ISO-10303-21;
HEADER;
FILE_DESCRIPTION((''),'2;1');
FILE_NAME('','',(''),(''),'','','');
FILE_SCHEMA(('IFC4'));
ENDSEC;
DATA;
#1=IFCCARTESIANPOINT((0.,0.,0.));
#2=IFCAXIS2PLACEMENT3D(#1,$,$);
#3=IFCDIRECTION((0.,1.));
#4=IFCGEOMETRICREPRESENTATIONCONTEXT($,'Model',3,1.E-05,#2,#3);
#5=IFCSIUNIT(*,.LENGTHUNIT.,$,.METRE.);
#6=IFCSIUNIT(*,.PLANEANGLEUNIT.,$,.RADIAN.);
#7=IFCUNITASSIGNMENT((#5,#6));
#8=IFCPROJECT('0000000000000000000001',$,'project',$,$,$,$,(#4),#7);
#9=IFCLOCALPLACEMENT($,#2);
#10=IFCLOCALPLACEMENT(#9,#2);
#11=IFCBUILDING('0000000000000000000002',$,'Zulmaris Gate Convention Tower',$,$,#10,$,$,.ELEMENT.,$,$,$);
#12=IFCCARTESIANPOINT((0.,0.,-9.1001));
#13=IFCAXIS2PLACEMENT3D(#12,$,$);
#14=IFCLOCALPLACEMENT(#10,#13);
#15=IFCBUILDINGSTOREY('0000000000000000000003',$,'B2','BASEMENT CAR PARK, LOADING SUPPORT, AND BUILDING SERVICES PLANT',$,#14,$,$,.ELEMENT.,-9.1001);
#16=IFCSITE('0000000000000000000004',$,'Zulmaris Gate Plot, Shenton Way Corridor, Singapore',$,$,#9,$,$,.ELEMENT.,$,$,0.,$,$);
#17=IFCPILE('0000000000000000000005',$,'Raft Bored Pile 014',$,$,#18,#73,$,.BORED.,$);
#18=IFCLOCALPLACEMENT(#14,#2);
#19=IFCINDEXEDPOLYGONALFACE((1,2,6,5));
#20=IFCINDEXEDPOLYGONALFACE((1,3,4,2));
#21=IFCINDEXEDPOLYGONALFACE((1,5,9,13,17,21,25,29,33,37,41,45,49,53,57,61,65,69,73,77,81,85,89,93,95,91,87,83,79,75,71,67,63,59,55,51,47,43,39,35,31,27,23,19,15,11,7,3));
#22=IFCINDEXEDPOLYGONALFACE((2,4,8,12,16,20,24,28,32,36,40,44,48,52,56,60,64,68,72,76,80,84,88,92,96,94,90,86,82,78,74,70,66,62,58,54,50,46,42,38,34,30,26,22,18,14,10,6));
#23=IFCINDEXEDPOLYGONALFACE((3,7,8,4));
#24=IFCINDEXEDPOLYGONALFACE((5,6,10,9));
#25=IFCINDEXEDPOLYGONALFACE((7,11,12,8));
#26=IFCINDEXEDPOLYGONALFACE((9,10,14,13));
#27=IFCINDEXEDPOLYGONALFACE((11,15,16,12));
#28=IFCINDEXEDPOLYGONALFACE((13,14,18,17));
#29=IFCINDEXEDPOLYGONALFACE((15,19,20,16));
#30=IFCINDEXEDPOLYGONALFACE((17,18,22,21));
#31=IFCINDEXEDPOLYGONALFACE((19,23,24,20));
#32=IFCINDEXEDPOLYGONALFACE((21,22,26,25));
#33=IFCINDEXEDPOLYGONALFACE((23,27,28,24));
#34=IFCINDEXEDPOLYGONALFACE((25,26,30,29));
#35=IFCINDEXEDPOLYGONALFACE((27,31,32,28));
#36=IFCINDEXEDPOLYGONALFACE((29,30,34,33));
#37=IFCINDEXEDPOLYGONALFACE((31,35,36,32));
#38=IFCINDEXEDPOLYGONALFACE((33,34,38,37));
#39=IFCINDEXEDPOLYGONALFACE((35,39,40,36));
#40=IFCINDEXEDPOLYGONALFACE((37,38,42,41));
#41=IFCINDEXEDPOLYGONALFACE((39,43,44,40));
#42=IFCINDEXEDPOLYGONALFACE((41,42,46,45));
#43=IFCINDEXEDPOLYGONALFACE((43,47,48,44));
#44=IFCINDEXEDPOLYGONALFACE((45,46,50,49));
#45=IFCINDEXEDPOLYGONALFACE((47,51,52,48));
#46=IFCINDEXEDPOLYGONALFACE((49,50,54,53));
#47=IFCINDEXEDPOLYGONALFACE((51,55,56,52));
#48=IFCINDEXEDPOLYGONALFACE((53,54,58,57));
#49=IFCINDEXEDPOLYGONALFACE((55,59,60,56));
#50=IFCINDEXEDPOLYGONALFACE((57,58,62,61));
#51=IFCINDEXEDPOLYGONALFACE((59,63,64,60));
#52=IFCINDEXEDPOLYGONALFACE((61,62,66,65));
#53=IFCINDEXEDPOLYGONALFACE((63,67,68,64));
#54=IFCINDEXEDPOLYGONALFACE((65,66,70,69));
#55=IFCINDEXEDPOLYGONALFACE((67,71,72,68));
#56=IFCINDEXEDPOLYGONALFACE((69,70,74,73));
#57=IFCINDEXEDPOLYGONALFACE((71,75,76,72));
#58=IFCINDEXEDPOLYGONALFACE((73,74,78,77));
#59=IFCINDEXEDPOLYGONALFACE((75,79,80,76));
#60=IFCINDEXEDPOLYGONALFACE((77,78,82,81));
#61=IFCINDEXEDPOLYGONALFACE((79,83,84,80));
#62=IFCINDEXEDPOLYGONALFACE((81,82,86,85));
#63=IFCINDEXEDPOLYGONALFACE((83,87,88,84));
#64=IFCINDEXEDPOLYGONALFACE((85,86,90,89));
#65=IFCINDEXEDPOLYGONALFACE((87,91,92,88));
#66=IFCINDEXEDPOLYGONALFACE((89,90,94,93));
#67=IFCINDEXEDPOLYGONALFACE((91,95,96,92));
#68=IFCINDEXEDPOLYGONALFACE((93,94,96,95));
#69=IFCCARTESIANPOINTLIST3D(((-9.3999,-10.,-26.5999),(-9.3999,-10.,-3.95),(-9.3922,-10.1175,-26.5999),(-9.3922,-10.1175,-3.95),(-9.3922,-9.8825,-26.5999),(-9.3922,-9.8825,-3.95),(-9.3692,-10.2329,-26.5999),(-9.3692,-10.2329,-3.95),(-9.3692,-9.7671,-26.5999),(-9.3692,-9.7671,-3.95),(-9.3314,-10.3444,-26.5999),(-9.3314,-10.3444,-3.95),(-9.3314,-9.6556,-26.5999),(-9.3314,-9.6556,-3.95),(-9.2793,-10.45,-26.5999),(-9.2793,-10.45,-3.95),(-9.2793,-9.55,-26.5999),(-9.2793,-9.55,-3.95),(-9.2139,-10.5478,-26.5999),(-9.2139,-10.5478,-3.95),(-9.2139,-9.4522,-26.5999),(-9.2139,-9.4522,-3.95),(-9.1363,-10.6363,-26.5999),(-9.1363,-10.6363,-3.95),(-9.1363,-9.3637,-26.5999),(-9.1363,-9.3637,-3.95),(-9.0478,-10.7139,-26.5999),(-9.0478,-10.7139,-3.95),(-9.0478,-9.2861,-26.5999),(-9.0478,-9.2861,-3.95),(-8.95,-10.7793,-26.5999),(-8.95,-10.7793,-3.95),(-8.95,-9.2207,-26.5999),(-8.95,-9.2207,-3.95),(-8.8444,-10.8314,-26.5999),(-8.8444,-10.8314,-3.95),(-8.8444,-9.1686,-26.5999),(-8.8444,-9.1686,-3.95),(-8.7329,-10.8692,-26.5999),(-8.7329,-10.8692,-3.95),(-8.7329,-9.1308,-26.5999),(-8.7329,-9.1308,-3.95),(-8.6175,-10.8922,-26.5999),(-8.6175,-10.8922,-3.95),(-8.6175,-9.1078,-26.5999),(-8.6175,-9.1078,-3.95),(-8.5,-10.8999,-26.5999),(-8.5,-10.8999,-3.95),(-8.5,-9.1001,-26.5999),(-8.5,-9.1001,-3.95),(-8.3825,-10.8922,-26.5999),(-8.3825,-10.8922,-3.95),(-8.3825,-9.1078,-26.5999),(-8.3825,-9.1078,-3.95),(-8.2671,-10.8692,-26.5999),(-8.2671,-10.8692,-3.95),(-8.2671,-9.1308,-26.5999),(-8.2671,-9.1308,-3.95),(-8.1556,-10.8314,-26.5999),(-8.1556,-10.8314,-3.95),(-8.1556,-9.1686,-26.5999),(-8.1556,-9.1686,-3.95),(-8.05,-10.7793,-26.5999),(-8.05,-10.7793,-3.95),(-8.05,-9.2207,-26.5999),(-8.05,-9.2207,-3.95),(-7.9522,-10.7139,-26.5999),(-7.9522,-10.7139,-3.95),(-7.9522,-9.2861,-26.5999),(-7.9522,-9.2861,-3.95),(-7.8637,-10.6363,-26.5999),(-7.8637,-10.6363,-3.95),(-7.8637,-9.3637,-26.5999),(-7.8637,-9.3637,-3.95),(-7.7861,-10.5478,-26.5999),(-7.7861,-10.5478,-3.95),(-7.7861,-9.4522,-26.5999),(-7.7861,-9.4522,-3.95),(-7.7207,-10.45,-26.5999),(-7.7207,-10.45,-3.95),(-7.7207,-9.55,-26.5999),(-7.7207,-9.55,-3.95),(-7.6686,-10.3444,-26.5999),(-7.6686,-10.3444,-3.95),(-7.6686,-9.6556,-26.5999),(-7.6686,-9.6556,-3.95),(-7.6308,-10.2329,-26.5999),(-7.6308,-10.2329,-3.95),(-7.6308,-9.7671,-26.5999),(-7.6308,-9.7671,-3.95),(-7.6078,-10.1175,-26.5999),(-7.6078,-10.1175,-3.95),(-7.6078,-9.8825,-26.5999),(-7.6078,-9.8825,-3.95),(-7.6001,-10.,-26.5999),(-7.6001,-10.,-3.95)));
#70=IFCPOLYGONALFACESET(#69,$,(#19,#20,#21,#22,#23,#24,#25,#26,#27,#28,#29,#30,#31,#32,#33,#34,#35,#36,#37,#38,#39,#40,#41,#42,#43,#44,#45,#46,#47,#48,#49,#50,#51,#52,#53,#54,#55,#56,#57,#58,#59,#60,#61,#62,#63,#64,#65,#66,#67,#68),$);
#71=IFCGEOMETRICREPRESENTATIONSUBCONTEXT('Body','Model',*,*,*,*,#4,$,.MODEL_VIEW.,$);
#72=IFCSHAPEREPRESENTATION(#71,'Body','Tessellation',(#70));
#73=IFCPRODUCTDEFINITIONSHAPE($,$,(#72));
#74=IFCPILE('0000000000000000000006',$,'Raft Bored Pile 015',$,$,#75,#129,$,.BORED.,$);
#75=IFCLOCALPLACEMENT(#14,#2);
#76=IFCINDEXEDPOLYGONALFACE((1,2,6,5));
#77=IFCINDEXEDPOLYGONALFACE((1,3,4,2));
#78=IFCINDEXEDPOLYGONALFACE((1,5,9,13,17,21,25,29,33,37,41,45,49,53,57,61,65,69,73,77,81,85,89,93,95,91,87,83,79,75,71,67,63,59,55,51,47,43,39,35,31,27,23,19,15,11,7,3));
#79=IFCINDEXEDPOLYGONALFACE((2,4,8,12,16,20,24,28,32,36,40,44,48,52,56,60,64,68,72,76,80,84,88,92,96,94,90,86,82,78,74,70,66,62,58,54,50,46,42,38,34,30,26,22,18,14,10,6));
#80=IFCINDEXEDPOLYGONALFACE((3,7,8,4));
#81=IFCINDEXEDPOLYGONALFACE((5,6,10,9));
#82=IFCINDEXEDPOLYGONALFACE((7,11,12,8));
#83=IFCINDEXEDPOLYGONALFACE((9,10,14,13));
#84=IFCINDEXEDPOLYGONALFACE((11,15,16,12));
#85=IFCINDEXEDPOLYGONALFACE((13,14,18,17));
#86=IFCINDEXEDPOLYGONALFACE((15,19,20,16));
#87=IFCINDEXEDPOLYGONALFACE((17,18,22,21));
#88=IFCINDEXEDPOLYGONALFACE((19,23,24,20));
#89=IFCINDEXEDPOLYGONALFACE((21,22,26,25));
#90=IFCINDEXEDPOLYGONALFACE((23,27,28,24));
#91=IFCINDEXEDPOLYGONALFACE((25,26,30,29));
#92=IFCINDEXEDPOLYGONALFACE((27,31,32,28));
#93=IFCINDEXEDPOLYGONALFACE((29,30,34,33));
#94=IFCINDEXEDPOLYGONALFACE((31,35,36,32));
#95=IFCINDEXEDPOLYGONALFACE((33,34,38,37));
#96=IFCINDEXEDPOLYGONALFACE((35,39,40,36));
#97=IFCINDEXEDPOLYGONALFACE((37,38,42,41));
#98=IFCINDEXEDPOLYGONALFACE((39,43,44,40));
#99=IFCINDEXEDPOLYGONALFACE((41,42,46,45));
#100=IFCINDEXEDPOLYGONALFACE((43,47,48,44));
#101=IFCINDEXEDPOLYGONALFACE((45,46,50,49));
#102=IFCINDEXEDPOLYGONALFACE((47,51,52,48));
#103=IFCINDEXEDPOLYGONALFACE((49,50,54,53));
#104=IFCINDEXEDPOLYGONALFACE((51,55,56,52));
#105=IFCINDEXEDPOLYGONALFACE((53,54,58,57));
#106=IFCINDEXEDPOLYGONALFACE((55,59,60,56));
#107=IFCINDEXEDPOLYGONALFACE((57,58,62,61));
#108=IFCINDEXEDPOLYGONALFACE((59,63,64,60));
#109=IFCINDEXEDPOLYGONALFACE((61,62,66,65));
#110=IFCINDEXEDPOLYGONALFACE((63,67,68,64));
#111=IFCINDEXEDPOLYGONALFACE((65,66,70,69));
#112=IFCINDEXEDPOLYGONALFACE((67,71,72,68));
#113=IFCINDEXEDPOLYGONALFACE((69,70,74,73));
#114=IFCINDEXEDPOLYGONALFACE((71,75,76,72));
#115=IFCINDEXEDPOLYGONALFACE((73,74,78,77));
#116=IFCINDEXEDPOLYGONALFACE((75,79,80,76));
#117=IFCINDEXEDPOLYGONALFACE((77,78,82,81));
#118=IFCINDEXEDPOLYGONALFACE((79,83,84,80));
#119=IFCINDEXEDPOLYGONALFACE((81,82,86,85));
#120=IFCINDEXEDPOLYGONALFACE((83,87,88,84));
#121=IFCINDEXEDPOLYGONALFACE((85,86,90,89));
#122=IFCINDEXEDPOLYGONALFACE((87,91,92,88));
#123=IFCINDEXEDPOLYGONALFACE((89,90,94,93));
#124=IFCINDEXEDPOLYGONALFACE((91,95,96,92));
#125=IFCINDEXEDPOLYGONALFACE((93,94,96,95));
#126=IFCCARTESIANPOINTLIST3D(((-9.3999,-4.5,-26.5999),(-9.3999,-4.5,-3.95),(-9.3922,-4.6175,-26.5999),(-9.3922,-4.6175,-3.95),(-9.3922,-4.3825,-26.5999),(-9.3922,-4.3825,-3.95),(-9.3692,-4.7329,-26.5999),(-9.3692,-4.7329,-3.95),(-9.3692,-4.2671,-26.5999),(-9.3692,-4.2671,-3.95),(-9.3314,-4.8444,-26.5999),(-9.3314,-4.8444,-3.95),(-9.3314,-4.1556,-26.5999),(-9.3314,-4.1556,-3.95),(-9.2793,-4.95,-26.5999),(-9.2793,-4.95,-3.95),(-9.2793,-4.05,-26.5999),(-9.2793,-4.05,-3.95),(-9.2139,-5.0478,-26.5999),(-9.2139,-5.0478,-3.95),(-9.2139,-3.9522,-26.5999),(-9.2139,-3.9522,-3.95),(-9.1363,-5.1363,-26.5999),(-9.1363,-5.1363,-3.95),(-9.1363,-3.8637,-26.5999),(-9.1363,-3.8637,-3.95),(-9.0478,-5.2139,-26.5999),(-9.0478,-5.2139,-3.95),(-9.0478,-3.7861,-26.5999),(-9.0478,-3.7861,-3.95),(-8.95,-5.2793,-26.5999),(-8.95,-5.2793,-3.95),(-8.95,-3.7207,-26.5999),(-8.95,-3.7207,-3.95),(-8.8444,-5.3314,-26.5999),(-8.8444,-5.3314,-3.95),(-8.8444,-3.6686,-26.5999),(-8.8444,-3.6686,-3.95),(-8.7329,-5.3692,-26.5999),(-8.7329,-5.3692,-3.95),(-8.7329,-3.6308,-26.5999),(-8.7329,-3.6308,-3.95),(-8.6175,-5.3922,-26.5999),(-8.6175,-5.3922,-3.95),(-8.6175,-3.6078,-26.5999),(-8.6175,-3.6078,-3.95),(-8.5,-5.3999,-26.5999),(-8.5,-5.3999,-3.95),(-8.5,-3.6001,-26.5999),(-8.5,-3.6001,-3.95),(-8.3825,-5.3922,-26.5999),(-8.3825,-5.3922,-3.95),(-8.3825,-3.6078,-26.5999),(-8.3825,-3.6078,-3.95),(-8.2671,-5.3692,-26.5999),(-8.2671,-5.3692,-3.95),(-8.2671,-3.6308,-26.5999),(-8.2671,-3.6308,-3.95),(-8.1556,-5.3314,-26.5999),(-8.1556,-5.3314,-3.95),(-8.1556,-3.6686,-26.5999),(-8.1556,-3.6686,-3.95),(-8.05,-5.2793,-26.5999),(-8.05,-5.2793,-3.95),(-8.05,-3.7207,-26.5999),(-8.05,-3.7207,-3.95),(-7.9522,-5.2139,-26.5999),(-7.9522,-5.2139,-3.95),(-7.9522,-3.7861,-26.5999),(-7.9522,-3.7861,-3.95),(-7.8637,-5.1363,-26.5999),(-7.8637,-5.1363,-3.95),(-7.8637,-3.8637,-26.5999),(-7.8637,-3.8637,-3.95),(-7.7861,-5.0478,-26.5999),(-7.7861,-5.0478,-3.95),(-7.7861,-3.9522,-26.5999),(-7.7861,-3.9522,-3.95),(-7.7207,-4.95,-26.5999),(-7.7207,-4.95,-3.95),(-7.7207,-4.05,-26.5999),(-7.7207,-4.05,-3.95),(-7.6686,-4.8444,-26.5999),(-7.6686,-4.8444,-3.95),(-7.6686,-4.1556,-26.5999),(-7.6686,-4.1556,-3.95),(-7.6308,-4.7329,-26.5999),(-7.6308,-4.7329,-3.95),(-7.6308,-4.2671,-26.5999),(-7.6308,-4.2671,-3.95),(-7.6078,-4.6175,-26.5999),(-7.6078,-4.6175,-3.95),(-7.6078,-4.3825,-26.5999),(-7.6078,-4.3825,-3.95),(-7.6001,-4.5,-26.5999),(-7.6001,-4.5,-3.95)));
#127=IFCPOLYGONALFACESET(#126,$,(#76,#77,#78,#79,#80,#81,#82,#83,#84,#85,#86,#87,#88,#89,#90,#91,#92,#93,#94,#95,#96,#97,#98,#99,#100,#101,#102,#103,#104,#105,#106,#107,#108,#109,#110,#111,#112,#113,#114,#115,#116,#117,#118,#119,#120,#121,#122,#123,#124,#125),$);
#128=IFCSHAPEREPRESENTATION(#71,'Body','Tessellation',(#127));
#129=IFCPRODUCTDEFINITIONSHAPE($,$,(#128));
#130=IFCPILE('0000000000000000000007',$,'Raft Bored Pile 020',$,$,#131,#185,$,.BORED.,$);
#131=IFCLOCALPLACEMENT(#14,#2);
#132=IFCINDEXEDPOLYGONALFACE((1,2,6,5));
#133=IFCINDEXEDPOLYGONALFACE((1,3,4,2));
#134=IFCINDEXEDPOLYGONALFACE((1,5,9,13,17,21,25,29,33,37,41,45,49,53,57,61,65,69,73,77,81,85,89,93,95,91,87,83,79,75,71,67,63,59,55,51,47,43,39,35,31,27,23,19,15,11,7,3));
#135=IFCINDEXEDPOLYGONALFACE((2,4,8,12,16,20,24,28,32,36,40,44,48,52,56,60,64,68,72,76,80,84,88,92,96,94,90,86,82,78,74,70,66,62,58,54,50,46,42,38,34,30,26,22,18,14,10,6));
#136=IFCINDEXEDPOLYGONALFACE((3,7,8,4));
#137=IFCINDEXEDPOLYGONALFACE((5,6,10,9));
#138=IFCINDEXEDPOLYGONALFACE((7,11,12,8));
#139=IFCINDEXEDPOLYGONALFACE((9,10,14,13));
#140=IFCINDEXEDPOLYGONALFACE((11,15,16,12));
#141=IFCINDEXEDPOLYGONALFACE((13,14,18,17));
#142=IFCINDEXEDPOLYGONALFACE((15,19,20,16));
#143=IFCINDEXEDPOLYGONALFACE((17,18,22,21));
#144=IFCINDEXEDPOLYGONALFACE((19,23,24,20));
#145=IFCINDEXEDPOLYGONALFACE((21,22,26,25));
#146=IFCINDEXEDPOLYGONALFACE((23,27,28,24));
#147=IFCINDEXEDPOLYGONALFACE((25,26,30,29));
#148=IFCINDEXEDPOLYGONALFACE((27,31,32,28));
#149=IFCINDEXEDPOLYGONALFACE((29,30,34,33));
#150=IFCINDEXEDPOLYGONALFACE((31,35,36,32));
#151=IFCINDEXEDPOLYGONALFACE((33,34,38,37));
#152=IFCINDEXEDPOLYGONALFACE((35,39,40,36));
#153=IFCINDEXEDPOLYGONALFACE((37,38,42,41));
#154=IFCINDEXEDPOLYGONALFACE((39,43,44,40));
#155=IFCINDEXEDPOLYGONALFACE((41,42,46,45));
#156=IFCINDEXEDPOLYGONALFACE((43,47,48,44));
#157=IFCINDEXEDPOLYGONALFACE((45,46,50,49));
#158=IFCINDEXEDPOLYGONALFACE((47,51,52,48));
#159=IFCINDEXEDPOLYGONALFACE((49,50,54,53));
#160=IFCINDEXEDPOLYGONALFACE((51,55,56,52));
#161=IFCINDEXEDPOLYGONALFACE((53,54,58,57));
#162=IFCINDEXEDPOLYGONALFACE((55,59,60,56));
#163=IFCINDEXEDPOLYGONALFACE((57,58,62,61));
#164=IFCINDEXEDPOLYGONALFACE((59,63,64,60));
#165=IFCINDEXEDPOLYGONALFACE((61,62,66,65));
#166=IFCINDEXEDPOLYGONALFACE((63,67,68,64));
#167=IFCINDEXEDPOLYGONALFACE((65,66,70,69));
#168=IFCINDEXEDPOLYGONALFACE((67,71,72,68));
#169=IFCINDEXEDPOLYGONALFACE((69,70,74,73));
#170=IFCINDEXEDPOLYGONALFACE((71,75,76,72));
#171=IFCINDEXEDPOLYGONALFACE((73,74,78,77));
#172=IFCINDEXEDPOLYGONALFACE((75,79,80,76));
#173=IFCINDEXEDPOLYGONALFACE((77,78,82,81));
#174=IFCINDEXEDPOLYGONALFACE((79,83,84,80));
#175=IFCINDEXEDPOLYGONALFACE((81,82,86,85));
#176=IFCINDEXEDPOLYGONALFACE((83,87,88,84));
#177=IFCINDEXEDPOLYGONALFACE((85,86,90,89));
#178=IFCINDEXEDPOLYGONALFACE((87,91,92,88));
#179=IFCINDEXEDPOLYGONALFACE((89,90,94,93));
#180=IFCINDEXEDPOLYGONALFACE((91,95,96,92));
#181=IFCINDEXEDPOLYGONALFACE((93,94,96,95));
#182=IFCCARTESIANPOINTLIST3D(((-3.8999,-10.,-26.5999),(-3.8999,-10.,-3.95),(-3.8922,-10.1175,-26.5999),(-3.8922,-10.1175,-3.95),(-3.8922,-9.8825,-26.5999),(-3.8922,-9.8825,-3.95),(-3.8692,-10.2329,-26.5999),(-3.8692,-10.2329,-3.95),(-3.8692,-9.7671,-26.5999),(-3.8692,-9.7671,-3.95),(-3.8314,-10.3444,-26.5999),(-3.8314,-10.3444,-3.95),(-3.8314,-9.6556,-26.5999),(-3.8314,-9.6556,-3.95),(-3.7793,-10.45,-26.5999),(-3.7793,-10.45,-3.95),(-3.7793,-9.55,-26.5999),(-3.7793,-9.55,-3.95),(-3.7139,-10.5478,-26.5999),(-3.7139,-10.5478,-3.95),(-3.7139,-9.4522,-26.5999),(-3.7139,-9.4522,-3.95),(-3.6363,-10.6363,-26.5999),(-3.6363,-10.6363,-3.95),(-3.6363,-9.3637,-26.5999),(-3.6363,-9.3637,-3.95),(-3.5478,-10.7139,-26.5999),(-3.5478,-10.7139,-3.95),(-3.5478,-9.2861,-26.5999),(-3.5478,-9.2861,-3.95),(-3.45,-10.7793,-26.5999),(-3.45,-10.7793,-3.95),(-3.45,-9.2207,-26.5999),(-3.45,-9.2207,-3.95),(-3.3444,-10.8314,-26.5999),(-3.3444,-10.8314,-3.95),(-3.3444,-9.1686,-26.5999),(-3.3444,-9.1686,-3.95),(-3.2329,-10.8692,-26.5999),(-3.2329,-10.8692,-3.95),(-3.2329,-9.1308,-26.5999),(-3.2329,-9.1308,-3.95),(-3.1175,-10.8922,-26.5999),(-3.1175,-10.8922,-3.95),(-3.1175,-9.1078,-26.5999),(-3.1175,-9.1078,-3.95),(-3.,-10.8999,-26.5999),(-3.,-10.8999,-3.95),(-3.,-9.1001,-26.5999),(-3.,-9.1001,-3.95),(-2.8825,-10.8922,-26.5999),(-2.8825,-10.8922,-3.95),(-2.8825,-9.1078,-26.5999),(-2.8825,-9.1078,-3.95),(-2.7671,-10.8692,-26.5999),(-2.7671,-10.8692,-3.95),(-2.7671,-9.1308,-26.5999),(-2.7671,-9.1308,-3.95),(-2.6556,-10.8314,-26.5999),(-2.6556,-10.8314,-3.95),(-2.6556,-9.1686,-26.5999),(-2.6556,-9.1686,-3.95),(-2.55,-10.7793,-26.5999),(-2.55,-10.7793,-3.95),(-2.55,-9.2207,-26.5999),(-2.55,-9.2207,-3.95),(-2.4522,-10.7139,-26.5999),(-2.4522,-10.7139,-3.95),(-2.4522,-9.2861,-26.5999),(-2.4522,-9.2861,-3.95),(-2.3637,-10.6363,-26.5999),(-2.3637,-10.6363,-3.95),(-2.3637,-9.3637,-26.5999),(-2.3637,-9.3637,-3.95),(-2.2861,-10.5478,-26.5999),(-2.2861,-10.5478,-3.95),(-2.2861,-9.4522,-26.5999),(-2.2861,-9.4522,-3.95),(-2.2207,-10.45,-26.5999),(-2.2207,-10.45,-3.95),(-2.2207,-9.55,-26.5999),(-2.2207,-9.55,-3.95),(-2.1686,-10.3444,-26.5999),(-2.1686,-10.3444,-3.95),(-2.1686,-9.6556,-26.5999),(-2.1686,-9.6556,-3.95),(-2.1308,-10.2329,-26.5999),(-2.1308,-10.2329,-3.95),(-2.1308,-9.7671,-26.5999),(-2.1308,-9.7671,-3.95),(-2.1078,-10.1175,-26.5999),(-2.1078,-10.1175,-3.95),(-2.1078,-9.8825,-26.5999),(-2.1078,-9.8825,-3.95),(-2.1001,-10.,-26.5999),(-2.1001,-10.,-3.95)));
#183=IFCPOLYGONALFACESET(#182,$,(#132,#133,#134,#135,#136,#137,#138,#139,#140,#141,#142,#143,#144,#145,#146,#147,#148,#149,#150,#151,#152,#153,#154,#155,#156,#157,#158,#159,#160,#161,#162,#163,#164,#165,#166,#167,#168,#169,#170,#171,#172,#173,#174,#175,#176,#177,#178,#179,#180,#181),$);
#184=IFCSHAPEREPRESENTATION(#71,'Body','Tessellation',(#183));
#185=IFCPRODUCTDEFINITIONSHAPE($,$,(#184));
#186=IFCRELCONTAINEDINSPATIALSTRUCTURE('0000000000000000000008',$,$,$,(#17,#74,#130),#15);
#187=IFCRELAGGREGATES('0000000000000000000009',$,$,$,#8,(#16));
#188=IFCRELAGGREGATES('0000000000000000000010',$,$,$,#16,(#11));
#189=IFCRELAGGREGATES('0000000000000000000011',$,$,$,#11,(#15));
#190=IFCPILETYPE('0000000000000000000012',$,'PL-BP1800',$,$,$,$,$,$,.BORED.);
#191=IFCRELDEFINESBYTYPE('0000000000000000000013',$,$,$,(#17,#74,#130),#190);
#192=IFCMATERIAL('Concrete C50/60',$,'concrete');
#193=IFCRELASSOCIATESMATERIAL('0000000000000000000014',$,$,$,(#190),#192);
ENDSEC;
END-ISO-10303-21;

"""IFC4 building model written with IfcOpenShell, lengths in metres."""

from ifc_helpers import new_model, si_unit, direction, frame, origin, origin_2d, place, context, subcontext, project, spatial, circle, extrude, material, material_profile, profile_set, type_object, element, save


model = new_model("IFC4")

# Units and contexts
model_context = context("Model", 3, precision=1e-05, world=origin(), true_north=direction((0.0, 1.0)))
body_context = subcontext(model_context, "Body", "Model", "MODEL_VIEW")
ifc_project = project(units=[si_unit("LENGTHUNIT", "METRE"), si_unit("PLANEANGLEUNIT", "RADIAN")], contexts=[model_context])

# Site, building, storey
site_placement = place(None, origin())
site = spatial("IfcSite", under=ifc_project, at=site_placement, Name="Zulmaris Gate Plot, Shenton Way Corridor, Singapore", CompositionType="ELEMENT", RefElevation=0.0)
building_placement = place(site_placement, origin())
building = spatial("IfcBuilding", under=site, at=building_placement, Name="Zulmaris Gate Convention Tower", CompositionType="ELEMENT")
storey_placement = place(building_placement, frame((0.0, 0.0, -9.1001)))
storey = spatial("IfcBuildingStorey", under=building, at=storey_placement, Name="B2", Description="BASEMENT CAR PARK, LOADING SUPPORT, AND BUILDING SERVICES PLANT", CompositionType="ELEMENT", Elevation=-9.1001)

# Piles
ifc_material_1 = material(Name="Concrete C50/60", Category="concrete")
ifc_material_profile_1 = material_profile(ifc_material_1, circle(Radius=0.8999, at=origin_2d()), Name="BORED PILE 1800")
ifc_profile_set_1 = profile_set([ifc_material_profile_1], Name="Concrete C50/60")
pile_type = type_object("IfcPileType", Name="PL-BP1800", PredefinedType="BORED", material=ifc_profile_set_1)
for number, where, z_axis, x_axis, name in (
    (1, (-8.5, -10.0, -3.95), (0.0, 0.0, -1.0), (1.0, 0.0, 0.0), "Raft Bored Pile 014"),
    (2, (-8.5, -4.5, -3.95), (0.0, 0.0, -1.0), (1.0, 0.0, 0.0), "Raft Bored Pile 015"),
    (3, (-3.0, -10.0, -3.95), (0.0, 0.0, -1.0), (1.0, 0.0, 0.0), "Raft Bored Pile 020"),
):
    element("IfcPile", number, at=place(storey_placement, frame(where, z_axis=z_axis, x_axis=x_axis)), inside=storey, type_object=pile_type, Name=name, PredefinedType="BORED", context=body_context, shape_type="SweptSolid", body=[
        extrude(circle(Radius=0.8999, at=origin_2d()), origin(), (0.0, 0.0, 1.0), 22.6499),
    ])

save(model, "model.ifc")
